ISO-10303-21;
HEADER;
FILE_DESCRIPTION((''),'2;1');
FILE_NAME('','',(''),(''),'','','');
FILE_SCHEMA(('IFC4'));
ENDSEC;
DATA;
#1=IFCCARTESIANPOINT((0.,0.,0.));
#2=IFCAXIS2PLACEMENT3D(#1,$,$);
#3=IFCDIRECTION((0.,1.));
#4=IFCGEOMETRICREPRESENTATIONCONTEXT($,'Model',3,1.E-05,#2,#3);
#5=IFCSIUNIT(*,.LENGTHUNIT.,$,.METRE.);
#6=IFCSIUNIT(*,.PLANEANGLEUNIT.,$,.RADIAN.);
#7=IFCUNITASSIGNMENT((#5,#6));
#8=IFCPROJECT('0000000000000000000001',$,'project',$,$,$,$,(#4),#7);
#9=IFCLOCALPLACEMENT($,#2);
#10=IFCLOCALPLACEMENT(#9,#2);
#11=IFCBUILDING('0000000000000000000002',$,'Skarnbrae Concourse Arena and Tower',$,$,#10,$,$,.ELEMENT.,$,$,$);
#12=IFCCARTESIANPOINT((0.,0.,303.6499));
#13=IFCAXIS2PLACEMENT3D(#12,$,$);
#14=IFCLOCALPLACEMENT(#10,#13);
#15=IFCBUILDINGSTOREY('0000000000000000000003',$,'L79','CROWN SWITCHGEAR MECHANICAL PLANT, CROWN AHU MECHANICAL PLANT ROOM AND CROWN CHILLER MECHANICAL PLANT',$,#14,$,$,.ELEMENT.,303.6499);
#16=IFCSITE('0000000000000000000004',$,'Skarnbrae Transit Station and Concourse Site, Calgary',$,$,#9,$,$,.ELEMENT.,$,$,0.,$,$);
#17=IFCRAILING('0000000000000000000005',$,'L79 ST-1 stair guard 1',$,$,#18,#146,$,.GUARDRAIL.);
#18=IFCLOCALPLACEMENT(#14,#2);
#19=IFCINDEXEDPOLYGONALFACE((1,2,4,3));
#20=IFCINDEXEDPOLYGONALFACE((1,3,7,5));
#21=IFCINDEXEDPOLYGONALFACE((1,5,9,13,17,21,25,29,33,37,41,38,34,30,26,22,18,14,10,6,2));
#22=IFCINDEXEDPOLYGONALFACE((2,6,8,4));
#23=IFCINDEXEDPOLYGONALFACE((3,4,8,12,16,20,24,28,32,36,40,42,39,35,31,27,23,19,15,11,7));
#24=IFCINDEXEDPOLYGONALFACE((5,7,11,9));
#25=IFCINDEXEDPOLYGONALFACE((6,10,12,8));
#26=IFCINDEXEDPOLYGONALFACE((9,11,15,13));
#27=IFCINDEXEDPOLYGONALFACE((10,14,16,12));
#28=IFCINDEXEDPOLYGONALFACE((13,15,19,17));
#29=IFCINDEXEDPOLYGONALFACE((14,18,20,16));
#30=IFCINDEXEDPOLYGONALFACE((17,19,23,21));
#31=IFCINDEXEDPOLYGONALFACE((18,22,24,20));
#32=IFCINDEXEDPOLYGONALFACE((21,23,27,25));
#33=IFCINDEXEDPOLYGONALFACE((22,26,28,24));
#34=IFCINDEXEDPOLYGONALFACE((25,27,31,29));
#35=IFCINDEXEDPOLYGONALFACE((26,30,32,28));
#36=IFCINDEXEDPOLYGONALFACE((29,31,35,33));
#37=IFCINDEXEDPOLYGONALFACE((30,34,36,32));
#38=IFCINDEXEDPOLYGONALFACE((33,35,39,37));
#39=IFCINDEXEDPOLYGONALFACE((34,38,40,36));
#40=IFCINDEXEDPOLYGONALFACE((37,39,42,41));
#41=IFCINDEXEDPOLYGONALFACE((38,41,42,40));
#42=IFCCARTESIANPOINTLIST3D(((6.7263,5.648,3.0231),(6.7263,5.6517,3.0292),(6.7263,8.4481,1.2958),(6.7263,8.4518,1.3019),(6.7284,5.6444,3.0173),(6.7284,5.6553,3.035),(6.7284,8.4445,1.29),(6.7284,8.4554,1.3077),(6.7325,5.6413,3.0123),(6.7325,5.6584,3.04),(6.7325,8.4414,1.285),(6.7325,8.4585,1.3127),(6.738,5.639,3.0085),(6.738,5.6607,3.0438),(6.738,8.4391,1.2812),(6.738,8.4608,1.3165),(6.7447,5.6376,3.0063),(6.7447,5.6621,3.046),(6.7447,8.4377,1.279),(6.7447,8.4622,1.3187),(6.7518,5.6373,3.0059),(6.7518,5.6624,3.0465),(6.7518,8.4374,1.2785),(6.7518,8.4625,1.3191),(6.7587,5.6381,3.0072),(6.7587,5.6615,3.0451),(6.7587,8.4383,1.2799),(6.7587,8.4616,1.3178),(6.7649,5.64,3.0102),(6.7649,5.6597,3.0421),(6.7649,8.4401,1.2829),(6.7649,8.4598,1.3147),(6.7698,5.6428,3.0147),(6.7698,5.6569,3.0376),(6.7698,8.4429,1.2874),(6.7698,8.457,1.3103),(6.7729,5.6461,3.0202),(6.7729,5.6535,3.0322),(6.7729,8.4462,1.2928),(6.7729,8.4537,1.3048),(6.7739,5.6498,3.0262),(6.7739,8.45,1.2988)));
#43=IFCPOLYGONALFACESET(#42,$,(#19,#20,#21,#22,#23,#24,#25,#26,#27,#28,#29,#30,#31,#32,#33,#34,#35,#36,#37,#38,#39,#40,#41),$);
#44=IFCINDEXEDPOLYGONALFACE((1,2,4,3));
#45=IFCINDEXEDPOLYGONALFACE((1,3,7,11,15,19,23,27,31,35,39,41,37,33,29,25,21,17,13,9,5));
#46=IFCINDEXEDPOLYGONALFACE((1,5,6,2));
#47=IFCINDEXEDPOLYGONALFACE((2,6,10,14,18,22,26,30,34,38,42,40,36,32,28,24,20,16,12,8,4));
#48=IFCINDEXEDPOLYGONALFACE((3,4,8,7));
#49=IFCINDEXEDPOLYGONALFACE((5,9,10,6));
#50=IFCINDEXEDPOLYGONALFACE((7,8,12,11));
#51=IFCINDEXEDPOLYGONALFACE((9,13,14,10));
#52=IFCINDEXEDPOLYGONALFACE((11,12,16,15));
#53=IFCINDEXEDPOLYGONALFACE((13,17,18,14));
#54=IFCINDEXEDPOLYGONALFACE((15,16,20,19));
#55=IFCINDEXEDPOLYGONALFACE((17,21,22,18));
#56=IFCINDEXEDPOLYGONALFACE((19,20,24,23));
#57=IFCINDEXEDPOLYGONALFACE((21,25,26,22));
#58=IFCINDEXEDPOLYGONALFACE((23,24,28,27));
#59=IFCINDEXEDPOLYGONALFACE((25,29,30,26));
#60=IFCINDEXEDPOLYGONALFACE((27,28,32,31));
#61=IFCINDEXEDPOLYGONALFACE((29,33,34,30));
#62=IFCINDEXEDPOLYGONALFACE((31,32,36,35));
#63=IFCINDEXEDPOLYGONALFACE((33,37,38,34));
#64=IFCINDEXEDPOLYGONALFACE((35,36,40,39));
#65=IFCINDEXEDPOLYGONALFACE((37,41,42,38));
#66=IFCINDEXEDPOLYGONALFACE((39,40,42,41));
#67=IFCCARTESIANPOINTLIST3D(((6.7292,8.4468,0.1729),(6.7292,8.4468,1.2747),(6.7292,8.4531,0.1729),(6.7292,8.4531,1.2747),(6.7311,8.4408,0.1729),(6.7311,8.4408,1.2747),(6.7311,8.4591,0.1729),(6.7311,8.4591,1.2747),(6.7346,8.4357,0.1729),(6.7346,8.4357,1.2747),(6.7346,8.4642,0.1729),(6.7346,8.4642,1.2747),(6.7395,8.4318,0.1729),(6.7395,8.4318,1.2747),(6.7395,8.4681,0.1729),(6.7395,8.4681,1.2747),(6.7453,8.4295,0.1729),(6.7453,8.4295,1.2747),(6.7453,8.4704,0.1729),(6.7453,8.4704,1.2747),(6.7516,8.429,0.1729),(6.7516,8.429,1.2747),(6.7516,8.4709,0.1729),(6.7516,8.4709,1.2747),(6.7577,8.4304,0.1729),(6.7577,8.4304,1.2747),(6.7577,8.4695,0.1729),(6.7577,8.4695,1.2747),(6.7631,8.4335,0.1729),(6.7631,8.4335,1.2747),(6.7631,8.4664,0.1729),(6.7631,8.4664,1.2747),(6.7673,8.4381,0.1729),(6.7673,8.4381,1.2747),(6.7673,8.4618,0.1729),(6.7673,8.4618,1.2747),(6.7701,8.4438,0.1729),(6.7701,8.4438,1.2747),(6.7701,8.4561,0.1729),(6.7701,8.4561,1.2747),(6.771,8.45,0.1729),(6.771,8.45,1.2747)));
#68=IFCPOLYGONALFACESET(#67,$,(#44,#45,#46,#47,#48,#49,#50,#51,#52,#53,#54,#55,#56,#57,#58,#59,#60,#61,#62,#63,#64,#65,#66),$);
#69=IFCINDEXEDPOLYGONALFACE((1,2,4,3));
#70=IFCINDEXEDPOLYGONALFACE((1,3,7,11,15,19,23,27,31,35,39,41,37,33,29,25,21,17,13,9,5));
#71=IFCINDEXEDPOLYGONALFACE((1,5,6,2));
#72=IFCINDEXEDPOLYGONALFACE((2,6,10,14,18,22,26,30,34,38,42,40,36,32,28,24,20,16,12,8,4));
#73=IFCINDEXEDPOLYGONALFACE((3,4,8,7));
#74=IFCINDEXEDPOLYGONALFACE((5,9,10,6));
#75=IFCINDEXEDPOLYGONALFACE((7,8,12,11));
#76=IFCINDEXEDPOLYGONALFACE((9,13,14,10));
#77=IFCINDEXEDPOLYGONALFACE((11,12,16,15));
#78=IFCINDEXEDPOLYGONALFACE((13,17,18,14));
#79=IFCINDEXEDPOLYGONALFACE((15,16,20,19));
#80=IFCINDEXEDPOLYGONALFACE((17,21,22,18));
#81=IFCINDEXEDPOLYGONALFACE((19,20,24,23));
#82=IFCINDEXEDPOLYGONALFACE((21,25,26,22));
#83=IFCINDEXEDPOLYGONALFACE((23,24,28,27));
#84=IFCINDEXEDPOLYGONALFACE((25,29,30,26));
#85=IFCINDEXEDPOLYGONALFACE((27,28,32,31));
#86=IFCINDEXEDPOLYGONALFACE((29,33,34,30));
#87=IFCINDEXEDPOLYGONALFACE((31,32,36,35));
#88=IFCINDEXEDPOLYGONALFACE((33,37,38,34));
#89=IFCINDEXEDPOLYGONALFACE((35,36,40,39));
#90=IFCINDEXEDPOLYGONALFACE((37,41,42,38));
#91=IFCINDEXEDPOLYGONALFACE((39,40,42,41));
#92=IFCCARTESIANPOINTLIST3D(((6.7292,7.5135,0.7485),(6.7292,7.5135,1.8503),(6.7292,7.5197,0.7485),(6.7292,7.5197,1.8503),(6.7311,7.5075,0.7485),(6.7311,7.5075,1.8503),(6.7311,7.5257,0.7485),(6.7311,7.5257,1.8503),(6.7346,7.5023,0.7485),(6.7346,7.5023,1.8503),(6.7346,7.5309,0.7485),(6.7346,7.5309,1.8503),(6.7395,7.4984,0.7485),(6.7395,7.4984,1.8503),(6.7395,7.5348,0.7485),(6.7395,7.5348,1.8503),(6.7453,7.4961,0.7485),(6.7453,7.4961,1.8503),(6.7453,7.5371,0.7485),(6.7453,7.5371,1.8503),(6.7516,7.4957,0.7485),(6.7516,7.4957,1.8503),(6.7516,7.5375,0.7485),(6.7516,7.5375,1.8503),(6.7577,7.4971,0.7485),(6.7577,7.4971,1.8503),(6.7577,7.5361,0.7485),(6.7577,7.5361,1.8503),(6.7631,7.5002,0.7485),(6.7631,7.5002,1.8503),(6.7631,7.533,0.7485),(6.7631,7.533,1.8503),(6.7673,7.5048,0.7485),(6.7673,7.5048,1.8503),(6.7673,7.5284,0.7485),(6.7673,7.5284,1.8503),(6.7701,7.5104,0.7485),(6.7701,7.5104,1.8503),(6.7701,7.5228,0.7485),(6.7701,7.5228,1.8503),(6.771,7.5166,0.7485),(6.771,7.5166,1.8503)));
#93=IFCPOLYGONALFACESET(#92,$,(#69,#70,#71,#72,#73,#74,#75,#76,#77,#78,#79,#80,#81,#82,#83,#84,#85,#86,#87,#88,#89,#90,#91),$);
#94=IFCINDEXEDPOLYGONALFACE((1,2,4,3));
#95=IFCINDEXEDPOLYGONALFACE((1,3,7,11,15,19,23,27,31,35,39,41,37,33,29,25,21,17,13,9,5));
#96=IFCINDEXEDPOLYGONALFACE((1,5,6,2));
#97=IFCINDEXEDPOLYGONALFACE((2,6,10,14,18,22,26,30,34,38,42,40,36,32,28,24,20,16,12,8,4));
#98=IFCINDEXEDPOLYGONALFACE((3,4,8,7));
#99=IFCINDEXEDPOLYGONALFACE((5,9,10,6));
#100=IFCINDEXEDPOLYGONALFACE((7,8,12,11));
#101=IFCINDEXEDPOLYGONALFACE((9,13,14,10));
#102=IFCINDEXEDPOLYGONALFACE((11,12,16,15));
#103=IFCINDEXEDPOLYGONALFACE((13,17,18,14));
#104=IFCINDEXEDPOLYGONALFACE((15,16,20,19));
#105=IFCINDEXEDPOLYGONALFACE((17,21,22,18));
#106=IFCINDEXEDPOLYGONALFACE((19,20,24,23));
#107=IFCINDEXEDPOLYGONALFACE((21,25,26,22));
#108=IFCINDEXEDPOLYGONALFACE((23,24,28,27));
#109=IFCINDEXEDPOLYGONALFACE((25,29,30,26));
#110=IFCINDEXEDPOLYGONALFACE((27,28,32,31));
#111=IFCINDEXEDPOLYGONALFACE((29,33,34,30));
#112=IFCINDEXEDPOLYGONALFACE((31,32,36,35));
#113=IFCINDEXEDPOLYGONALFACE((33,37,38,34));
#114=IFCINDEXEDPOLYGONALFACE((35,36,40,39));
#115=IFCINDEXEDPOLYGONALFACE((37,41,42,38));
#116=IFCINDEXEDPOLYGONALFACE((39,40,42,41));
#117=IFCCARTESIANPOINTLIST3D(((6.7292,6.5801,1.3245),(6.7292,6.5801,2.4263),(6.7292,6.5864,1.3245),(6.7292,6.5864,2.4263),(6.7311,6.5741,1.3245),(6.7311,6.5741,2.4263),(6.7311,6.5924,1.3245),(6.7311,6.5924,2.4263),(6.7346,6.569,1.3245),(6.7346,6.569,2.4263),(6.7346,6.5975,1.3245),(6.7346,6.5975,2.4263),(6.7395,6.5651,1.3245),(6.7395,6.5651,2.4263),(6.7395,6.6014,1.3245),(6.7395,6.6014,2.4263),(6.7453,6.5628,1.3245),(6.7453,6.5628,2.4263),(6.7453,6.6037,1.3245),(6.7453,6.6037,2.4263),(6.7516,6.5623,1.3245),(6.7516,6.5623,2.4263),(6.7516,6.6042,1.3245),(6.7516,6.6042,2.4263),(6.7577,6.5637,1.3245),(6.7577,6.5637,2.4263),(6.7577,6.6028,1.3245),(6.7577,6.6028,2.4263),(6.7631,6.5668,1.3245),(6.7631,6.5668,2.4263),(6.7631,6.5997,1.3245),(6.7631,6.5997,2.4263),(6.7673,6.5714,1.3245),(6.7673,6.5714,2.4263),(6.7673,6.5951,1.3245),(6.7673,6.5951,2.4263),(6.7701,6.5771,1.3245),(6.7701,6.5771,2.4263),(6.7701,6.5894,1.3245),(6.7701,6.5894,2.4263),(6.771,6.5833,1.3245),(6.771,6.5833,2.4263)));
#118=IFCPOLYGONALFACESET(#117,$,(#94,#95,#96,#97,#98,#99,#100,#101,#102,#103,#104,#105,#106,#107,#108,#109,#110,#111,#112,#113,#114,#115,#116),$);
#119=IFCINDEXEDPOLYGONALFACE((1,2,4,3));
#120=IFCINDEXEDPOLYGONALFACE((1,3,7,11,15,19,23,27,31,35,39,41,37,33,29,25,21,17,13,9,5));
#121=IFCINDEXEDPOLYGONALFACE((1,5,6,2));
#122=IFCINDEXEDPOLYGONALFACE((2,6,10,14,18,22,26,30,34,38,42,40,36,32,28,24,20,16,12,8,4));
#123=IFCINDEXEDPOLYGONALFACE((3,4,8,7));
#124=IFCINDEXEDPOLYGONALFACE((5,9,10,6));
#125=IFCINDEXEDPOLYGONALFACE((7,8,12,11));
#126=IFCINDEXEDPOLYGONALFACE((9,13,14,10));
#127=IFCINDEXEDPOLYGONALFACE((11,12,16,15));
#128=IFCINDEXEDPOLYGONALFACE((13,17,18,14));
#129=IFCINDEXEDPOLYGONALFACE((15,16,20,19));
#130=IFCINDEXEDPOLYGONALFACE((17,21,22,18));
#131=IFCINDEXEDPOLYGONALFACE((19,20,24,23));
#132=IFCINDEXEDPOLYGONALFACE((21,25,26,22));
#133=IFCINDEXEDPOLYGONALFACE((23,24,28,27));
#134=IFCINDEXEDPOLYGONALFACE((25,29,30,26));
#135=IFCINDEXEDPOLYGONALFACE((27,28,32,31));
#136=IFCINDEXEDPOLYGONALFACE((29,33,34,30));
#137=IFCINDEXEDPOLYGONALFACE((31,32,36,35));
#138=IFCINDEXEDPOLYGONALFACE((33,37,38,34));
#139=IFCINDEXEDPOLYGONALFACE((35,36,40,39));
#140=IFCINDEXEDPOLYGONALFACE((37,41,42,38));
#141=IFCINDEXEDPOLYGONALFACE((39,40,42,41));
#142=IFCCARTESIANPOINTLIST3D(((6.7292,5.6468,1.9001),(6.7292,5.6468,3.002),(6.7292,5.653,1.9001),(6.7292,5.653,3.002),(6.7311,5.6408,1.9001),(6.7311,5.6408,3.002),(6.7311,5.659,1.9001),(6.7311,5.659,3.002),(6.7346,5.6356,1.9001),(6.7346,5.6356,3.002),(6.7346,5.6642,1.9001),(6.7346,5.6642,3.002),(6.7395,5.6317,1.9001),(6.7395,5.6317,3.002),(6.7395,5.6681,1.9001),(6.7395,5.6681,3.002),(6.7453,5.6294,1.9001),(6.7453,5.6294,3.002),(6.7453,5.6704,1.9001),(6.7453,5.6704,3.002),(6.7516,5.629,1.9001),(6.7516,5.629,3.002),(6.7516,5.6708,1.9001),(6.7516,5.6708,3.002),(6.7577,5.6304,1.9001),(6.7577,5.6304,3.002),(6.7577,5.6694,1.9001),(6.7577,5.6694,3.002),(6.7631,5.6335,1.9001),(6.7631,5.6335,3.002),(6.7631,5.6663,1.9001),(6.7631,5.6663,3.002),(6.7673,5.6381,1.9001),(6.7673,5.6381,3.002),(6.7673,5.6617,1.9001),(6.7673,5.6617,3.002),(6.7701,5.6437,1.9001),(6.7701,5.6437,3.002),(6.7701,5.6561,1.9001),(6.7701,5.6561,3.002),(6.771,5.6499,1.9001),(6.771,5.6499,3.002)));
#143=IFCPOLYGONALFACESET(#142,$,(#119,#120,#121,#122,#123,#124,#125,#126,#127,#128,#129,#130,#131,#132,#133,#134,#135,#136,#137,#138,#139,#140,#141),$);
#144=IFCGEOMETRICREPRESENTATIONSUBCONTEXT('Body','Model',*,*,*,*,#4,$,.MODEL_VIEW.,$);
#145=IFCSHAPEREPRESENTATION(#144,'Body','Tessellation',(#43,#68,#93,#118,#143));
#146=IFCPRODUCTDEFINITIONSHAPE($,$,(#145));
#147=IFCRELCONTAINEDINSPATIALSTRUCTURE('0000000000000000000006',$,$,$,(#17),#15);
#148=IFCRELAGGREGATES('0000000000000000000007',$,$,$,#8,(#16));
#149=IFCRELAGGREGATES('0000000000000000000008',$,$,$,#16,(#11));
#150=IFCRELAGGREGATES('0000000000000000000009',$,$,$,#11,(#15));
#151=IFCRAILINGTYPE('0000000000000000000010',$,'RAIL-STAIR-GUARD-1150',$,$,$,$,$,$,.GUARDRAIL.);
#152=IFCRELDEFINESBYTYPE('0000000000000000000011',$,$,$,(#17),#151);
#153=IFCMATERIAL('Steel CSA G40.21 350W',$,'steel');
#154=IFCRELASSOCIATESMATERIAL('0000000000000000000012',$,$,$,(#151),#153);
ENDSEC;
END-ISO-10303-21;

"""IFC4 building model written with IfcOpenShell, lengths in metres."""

from ifc_helpers import new_model, si_unit, direction, frame, origin, origin_2d, place, context, subcontext, project, spatial, circle, extrude, material, type_object, element, save


model = new_model("IFC4")

# Units and contexts
model_context = context("Model", 3, precision=1e-05, world=origin(), true_north=direction((0.0, 1.0)))
body_context = subcontext(model_context, "Body", "Model", "MODEL_VIEW")
ifc_project = project(units=[si_unit("LENGTHUNIT", "METRE"), si_unit("PLANEANGLEUNIT", "RADIAN")], contexts=[model_context])

# Site, building, storey
site_placement = place(None, origin())
site = spatial("IfcSite", under=ifc_project, at=site_placement, Name="Skarnbrae Transit Station and Concourse Site, Calgary", CompositionType="ELEMENT", RefElevation=0.0)
building_placement = place(site_placement, origin())
building = spatial("IfcBuilding", under=site, at=building_placement, Name="Skarnbrae Concourse Arena and Tower", CompositionType="ELEMENT")
storey_placement = place(building_placement, frame((0.0, 0.0, 303.6499)))
storey = spatial("IfcBuildingStorey", under=building, at=storey_placement, Name="L79", Description="CROWN SWITCHGEAR MECHANICAL PLANT, CROWN AHU MECHANICAL PLANT ROOM AND CROWN CHILLER MECHANICAL PLANT", CompositionType="ELEMENT", Elevation=303.6499)

# Shared definitions
ifc_material_1 = material(Name="Steel CSA G40.21 350W", Category="steel")

# Railing
railing_type_1 = type_object("IfcRailingType", Name="RAIL-STAIR-GUARD-1150", PredefinedType="GUARDRAIL", material=ifc_material_1)
railing_1_placement = place(storey_placement, frame((6.75, 8.45, 0.1729)))
element("IfcRailing", 1, at=railing_1_placement, inside=storey, type_object=railing_type_1, Name="L79 ST-1 stair guard 1", PredefinedType="GUARDRAIL", context=body_context, shape_type="SweptSolid", body=[
    extrude(circle(Radius=0.0239, at=origin_2d()), frame((0.0, 0.0, 1.126), z_axis=(0.0, -0.85109, 0.52502), x_axis=(1.0, 0.0, 0.0)), (0.0, 0.0, 1.0), 3.29),
    extrude(circle(Radius=0.021, at=origin_2d()), origin(), (0.0, 0.0, 1.0), 1.1018),
    extrude(circle(Radius=0.021, at=origin_2d()), frame((0.0, -0.9333, 0.5757)), (0.0, 0.0, 1.0), 1.1018),
    extrude(circle(Radius=0.021, at=origin_2d()), frame((0.0, -1.8667, 1.1516)), (0.0, 0.0, 1.0), 1.1018),
    extrude(circle(Radius=0.021, at=origin_2d()), frame((0.0, -2.8, 1.7273)), (0.0, 0.0, 1.0), 1.1018),
])

save(model, "model.ifc")
